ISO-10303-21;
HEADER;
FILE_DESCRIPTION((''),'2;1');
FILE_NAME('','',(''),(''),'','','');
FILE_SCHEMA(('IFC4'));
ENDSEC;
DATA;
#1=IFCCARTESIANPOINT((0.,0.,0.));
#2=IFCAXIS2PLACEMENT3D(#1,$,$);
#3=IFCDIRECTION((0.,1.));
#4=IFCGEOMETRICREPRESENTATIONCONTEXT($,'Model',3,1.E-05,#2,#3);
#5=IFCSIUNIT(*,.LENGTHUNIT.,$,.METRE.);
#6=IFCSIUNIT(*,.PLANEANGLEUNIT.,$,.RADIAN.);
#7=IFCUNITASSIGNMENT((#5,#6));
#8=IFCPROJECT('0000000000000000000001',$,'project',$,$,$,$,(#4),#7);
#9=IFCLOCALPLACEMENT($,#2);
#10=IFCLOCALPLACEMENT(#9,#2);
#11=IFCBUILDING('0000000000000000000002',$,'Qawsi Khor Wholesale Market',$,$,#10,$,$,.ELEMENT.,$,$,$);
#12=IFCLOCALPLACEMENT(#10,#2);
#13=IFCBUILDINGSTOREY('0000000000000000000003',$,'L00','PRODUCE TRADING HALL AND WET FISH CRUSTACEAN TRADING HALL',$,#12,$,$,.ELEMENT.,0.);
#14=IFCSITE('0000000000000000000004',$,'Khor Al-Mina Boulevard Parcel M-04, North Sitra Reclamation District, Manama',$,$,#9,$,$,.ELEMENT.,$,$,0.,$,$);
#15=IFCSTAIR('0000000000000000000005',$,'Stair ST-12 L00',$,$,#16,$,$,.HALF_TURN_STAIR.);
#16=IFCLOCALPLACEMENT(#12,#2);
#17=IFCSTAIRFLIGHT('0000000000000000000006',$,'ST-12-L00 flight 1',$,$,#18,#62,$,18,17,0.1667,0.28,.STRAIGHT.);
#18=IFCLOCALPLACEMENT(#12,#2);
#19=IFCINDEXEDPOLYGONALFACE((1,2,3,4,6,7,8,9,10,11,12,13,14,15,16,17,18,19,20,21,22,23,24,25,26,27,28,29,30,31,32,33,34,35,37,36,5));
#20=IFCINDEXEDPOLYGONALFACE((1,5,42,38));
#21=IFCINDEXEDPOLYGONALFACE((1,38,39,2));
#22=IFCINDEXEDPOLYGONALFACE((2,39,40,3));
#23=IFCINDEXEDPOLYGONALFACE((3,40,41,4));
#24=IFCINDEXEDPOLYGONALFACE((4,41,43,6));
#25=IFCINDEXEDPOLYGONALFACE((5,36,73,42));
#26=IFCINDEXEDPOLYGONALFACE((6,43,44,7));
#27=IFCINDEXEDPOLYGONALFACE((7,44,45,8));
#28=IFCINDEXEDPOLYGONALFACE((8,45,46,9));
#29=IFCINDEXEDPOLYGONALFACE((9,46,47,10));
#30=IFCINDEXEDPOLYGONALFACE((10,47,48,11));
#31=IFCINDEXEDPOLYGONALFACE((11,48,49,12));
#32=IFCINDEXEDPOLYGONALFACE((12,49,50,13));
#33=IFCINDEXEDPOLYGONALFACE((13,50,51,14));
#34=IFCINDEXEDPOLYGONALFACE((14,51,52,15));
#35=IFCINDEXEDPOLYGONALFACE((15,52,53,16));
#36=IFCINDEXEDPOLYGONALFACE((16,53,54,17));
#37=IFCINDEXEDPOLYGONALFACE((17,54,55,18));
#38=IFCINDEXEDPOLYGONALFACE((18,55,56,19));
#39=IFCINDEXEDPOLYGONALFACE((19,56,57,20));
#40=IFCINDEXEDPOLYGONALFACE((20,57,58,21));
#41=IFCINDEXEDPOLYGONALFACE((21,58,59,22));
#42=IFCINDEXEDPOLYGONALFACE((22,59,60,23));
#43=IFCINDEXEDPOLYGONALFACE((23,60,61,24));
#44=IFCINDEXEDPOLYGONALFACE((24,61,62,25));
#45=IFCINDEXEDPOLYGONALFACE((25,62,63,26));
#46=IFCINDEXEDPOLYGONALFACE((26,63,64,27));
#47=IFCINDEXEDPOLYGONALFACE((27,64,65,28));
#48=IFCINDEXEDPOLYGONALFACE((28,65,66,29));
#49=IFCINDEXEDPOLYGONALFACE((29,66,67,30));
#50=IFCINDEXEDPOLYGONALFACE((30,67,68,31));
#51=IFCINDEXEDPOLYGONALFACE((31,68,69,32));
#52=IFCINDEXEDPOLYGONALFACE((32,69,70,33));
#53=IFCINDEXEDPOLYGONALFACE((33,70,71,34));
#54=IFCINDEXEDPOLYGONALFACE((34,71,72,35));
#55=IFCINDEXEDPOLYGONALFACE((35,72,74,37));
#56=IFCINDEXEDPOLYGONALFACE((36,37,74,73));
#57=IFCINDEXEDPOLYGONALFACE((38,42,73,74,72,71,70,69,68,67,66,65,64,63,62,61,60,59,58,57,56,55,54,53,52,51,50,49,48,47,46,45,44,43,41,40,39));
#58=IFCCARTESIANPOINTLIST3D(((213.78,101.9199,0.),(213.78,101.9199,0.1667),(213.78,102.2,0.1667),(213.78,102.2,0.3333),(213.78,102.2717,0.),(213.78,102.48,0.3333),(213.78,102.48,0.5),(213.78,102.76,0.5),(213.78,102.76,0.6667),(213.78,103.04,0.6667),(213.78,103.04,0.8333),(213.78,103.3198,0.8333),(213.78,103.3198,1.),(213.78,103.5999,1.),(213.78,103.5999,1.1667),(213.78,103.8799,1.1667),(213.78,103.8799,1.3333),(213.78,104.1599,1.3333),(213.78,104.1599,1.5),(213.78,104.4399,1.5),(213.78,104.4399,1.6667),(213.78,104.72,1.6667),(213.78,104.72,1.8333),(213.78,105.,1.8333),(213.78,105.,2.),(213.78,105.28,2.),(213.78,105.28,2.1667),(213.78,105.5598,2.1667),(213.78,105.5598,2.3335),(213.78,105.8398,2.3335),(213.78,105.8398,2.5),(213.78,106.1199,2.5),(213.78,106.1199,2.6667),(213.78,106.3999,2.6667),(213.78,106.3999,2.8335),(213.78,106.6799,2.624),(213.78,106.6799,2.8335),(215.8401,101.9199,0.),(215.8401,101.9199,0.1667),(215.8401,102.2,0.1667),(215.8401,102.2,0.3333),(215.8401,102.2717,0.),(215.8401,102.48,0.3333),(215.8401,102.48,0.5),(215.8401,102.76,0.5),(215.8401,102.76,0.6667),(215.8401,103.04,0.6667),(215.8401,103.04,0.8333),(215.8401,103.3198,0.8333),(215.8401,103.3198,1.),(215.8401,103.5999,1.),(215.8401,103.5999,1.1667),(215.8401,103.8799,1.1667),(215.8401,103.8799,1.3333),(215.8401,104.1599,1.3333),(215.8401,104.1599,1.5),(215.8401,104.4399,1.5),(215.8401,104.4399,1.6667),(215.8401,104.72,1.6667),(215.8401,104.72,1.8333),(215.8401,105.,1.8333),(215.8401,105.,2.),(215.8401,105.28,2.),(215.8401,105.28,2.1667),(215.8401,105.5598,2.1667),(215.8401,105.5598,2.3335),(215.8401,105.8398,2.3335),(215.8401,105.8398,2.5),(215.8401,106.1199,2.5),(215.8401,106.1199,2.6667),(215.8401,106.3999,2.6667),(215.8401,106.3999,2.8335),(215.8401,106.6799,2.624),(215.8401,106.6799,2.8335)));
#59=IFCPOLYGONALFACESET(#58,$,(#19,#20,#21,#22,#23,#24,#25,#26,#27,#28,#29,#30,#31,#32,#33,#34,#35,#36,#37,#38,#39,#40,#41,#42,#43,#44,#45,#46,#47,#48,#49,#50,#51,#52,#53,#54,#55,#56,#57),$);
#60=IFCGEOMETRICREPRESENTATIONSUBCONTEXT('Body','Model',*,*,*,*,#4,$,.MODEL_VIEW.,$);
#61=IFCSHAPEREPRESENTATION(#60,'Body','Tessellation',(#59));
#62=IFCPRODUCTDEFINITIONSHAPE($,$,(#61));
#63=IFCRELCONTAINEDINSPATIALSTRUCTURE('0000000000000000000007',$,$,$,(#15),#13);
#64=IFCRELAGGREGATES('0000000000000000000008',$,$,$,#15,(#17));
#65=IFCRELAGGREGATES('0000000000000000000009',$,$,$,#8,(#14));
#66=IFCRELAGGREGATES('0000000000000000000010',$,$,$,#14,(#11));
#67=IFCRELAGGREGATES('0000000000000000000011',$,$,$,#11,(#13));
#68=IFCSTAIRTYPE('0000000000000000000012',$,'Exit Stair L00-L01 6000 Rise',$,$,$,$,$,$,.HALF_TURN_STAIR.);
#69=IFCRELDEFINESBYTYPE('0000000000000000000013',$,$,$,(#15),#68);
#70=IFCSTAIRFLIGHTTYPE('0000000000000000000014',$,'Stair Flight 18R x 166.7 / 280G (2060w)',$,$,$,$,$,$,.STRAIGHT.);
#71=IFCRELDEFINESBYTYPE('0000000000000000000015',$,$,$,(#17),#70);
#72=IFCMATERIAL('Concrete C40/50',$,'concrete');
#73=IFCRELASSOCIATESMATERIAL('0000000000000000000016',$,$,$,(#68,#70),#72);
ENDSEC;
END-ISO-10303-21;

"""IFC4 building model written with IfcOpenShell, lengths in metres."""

from ifc_helpers import new_model, si_unit, direction, frame, origin, place, context, subcontext, project, spatial, polyline, outline, extrude, material, type_object, element, aggregate, save


model = new_model("IFC4")

# Units and contexts
model_context = context("Model", 3, precision=1e-05, world=origin(), true_north=direction((0.0, 1.0)))
body_context = subcontext(model_context, "Body", "Model", "MODEL_VIEW")
ifc_project = project(units=[si_unit("LENGTHUNIT", "METRE"), si_unit("PLANEANGLEUNIT", "RADIAN")], contexts=[model_context])

# Site, building, storey
site_placement = place(None, origin())
site = spatial("IfcSite", under=ifc_project, at=site_placement, Name="Khor Al-Mina Boulevard Parcel M-04, North Sitra Reclamation District, Manama", CompositionType="ELEMENT", RefElevation=0.0)
building_placement = place(site_placement, origin())
building = spatial("IfcBuilding", under=site, at=building_placement, Name="Qawsi Khor Wholesale Market", CompositionType="ELEMENT")
storey_placement = place(building_placement, origin())
storey = spatial("IfcBuildingStorey", under=building, at=storey_placement, Name="L00", Description="PRODUCE TRADING HALL AND WET FISH CRUSTACEAN TRADING HALL", CompositionType="ELEMENT", Elevation=0.0)

# Shared definitions
ifc_material_1 = material(Name="Concrete C40/50", Category="concrete")

# Stair, stair flight
stair_type = type_object("IfcStairType", Name="Exit Stair L00-L01 6000 Rise", PredefinedType="HALF_TURN_STAIR", material=ifc_material_1)
stair_placement = place(storey_placement, origin())
stair = element("IfcStair", 1, at=stair_placement, inside=storey, type_object=stair_type, Name="Stair ST-12 L00", PredefinedType="HALF_TURN_STAIR")
stair_flight_type = type_object("IfcStairFlightType", Name="Stair Flight 18R x 166.7 / 280G (2060w)", PredefinedType="STRAIGHT", material=ifc_material_1)
stair_flight_placement = place(storey_placement, frame((214.8101, 101.9199, 0.0), z_axis=(0.0, 0.0, 1.0), x_axis=(0.0, 1.0, 0.0)))
stair_flight = element("IfcStairFlight", 2, at=stair_flight_placement, type_object=stair_flight_type, Name="ST-12-L00 flight 1", NumberOfRisers=18, NumberOfTreads=17, PredefinedType="STRAIGHT", RiserHeight=0.1667, TreadLength=0.28, context=body_context, shape_type="SweptSolid", body=[
    extrude(outline(polyline([(0.0, 0.0), (0.0, 0.1667), (0.28, 0.1667), (0.28, 0.3333), (0.5601, 0.3333), (0.5601, 0.5), (0.8401, 0.5), (0.8401, 0.6667), (1.1201, 0.6667), (1.1201, 0.8333), (1.3999, 0.8333), (1.3999, 1.0), (1.6799, 1.0), (1.6799, 1.1667), (1.96, 1.1667), (1.96, 1.3333), (2.24, 1.3333), (2.24, 1.5), (2.52, 1.5), (2.52, 1.6667), (2.8, 1.6667), (2.8, 1.8333), (3.0801, 1.8333), (3.0801, 2.0), (3.3601, 2.0), (3.3601, 2.1667), (3.6399, 2.1667), (3.6399, 2.3335), (3.9199, 2.3335), (3.9199, 2.5), (4.2, 2.5), (4.2, 2.6667), (4.48, 2.6667), (4.48, 2.8335), (4.76, 2.8335), (4.76, 3.0), (4.76, 2.624), (0.3518, 0.0), (0.0, 0.0)])), frame((0.0, 1.03, 0.0), z_axis=(0.0, -1.0, 0.0), x_axis=(1.0, 0.0, 0.0)), (0.0, 0.0, 1.0), 2.0601),
])
aggregate(stair, [stair_flight])

save(model, "model.ifc")
